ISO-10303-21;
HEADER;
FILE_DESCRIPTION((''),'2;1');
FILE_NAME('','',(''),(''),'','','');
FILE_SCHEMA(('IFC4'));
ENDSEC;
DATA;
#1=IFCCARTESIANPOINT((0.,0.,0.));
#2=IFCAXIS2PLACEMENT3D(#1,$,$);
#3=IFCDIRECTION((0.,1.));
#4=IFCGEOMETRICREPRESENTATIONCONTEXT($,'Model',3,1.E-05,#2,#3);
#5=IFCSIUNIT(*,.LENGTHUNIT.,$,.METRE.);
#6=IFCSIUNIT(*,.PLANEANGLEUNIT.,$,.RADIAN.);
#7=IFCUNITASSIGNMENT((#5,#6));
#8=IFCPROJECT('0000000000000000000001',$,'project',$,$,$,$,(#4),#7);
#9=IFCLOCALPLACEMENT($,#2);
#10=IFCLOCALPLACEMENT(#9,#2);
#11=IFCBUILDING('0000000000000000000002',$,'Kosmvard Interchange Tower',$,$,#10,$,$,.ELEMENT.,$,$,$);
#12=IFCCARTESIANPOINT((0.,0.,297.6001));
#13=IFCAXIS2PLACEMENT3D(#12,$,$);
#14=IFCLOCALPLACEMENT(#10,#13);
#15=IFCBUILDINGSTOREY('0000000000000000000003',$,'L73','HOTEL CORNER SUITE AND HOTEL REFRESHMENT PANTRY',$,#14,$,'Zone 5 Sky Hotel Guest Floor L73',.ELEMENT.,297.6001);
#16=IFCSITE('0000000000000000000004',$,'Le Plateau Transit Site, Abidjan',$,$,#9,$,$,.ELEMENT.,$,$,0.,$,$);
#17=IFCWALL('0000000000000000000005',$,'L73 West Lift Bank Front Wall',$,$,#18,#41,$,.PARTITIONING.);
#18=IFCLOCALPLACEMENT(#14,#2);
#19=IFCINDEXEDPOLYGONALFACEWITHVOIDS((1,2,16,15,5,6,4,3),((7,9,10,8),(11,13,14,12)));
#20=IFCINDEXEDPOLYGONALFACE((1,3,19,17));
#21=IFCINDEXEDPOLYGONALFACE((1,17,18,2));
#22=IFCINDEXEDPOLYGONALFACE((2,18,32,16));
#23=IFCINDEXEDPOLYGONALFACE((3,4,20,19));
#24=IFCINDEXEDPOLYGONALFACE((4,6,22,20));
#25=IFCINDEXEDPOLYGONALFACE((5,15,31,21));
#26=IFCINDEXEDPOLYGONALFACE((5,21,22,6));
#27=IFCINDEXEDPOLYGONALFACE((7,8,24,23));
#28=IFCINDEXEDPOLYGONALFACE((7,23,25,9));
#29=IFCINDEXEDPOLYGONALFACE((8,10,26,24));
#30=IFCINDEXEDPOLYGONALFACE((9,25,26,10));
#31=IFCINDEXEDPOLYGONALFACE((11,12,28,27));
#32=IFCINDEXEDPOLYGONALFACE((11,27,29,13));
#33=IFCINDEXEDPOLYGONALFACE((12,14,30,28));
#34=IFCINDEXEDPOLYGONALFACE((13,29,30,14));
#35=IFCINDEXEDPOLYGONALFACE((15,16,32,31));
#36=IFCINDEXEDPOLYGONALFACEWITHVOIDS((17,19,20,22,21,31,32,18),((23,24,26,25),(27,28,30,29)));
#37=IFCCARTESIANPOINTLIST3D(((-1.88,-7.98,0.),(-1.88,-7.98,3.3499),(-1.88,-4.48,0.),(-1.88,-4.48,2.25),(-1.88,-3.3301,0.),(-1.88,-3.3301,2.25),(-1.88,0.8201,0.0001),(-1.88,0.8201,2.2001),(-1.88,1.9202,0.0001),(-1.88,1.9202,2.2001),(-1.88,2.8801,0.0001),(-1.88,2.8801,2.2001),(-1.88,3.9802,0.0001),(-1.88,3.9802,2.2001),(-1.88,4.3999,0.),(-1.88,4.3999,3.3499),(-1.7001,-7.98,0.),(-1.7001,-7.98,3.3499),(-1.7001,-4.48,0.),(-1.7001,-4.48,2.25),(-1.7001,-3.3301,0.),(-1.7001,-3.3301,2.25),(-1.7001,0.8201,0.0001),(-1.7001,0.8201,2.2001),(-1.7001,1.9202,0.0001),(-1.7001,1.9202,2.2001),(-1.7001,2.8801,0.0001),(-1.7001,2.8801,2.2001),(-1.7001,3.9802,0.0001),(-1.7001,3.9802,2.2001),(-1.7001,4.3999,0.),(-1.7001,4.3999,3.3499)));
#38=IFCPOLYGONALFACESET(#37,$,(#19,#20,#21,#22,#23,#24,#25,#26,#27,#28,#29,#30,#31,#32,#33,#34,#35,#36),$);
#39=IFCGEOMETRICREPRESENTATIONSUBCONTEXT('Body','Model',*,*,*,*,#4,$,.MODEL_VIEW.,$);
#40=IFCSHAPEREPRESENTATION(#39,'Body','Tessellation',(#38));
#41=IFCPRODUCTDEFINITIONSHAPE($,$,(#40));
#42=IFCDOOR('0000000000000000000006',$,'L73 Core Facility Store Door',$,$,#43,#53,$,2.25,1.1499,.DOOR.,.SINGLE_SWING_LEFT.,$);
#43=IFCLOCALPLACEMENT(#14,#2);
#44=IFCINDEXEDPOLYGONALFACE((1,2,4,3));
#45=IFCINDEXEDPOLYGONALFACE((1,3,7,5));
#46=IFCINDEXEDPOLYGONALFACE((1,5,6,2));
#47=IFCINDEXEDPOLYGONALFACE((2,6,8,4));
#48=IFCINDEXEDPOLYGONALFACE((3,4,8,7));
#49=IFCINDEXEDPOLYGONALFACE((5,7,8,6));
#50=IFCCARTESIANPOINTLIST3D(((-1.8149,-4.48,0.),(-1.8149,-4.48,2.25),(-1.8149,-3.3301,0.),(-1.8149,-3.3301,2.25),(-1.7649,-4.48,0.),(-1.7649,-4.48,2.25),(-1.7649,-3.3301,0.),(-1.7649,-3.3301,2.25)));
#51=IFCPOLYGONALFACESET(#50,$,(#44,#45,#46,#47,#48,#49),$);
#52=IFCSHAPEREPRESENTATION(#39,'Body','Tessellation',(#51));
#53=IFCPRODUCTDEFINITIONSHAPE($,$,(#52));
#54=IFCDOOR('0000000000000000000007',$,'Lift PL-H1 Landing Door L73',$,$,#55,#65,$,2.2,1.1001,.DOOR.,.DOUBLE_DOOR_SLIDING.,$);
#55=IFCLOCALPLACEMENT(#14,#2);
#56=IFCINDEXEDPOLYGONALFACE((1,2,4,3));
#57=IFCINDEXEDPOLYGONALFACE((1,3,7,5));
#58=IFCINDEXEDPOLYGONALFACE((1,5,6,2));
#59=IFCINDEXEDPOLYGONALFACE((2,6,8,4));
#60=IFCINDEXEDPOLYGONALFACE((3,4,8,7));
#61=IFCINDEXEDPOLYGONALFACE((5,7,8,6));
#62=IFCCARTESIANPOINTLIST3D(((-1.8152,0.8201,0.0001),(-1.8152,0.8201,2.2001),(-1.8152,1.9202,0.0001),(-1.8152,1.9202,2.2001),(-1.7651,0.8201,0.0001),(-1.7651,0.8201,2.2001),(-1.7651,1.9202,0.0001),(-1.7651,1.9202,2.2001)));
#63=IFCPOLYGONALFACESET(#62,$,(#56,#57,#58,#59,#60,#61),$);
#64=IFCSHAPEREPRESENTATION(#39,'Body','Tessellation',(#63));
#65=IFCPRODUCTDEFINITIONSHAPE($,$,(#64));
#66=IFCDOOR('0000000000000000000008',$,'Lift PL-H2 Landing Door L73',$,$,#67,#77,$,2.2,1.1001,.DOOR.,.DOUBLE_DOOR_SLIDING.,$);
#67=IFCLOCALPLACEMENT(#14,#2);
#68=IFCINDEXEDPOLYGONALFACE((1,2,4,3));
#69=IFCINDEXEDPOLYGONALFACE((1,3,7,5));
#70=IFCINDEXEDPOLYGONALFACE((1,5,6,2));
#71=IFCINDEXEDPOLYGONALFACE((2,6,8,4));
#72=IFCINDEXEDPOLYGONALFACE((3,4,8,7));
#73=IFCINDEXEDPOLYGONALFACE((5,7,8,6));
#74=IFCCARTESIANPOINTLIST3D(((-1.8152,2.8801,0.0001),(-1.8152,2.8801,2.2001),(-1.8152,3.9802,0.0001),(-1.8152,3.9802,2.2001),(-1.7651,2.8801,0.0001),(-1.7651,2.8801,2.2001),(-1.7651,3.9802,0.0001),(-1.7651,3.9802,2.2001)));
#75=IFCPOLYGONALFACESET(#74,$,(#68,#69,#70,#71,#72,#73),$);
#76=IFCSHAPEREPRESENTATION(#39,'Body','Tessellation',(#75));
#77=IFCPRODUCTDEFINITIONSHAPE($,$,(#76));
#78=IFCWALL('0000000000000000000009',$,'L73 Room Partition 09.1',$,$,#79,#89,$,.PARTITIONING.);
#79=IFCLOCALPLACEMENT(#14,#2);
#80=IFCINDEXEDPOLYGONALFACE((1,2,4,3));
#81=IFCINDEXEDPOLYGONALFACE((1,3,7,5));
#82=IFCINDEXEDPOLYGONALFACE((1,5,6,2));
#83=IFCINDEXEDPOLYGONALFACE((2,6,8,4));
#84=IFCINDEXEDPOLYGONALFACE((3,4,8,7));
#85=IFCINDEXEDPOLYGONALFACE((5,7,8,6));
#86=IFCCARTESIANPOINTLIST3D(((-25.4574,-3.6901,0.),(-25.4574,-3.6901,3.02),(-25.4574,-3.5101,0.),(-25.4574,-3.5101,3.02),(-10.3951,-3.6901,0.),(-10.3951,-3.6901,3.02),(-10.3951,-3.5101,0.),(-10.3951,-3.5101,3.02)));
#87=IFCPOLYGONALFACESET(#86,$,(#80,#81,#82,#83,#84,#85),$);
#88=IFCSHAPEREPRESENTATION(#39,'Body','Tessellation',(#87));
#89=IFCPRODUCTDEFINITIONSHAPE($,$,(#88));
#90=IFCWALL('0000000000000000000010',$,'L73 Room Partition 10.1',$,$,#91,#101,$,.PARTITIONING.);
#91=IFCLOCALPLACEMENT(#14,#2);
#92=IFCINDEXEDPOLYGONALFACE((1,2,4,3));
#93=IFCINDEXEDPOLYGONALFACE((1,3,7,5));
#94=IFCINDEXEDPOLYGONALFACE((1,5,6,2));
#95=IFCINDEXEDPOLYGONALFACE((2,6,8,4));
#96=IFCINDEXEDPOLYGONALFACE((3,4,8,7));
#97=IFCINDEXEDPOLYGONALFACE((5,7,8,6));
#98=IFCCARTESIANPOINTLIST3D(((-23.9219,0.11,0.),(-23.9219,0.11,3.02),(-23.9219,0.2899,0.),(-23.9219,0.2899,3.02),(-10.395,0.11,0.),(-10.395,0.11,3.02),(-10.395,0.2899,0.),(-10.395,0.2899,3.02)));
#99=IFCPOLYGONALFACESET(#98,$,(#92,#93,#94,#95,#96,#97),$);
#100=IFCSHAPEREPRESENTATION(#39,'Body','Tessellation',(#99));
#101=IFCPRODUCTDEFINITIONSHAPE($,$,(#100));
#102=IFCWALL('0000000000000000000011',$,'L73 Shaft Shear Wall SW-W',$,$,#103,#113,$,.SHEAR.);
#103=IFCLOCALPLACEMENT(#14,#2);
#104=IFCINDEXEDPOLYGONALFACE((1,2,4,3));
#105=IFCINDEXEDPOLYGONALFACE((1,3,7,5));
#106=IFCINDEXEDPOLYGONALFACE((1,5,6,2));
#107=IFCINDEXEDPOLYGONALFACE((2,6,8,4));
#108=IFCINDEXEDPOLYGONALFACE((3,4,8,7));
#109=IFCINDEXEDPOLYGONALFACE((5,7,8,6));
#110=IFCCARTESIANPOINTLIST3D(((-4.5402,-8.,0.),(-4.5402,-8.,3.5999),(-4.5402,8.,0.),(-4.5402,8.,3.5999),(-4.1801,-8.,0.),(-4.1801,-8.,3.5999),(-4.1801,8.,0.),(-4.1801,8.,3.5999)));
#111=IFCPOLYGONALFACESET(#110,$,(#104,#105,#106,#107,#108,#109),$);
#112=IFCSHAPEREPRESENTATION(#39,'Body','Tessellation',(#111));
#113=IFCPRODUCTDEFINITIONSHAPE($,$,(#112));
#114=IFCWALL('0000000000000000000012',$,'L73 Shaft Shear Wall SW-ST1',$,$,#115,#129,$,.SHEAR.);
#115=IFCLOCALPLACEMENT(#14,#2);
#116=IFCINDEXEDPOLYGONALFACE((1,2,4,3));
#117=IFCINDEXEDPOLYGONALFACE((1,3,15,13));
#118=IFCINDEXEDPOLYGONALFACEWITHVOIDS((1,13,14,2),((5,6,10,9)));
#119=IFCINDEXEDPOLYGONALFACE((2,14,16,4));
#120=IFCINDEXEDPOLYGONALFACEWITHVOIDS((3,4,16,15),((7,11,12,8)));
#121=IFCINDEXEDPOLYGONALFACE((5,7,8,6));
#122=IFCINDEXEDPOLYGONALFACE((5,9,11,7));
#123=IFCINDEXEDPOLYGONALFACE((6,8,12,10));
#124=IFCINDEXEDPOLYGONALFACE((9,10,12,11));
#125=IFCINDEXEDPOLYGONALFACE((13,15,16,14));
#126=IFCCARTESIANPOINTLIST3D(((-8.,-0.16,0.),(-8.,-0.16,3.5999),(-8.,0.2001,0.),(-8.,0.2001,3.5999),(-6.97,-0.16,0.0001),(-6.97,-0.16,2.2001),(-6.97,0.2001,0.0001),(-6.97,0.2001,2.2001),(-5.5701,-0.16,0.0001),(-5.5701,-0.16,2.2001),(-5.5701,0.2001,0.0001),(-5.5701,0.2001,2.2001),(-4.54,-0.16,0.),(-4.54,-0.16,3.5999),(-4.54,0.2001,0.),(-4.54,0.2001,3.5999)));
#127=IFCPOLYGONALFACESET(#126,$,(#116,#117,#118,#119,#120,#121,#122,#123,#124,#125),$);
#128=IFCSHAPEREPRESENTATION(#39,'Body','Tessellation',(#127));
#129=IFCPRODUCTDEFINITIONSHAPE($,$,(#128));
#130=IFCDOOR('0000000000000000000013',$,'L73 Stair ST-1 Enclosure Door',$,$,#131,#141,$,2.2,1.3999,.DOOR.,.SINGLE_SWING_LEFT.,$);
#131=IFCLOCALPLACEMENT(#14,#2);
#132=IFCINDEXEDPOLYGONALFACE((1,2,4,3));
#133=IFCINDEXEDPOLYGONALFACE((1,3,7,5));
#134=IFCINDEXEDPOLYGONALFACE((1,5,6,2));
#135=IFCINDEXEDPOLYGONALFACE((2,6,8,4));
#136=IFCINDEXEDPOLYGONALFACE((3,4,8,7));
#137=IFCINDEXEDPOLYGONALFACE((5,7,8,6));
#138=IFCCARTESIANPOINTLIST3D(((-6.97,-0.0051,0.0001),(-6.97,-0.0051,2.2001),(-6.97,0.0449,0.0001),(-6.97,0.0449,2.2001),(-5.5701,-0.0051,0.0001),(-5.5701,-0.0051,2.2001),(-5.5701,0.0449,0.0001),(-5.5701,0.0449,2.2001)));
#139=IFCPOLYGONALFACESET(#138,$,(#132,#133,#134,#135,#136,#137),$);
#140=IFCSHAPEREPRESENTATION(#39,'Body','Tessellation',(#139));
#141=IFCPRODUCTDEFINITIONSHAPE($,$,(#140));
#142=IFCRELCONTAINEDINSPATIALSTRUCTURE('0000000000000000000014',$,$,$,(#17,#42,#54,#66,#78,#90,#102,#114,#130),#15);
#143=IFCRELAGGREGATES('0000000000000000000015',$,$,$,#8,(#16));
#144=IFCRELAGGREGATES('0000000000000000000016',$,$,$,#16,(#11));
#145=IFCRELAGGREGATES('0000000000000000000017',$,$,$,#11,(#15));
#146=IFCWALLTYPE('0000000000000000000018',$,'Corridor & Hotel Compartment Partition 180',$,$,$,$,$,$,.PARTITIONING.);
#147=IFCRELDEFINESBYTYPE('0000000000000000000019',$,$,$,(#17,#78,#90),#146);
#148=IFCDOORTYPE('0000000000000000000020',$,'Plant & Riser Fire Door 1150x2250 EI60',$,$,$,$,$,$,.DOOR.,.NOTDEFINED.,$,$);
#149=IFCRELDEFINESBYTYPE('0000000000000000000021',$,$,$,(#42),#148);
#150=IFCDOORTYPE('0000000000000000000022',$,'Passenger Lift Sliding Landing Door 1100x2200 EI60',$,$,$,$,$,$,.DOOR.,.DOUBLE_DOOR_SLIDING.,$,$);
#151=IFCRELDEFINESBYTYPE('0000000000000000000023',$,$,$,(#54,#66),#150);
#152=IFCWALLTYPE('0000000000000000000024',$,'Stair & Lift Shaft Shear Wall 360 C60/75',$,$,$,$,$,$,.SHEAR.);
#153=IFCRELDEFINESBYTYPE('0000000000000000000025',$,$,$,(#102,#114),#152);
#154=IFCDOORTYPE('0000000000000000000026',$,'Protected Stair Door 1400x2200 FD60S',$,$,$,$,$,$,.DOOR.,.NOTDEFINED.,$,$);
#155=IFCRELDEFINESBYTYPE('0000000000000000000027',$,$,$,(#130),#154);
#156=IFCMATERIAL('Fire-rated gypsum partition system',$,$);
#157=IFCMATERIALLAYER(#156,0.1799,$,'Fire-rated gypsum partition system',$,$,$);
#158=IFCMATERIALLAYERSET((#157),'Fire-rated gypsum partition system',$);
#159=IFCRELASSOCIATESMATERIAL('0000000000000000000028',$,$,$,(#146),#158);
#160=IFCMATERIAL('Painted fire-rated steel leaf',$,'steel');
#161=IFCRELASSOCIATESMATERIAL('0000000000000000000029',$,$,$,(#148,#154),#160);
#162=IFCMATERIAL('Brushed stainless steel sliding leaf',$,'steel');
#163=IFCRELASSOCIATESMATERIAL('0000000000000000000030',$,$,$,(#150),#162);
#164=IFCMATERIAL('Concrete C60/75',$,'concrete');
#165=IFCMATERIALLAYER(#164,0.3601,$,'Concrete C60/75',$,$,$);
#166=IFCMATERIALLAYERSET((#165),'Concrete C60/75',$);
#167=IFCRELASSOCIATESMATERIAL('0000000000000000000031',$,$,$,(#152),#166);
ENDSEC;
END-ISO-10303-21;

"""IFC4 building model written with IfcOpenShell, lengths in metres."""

from ifc_helpers import new_model, si_unit, direction, frame, frame_2d, origin, place, context, subcontext, project, spatial, rectangle, extrude, source, transform, mapped, material, layer, layer_set, type_object, element, fill, save


model = new_model("IFC4")

# Units and contexts
model_context = context("Model", 3, precision=1e-05, world=origin(), true_north=direction((0.0, 1.0)))
body_context = subcontext(model_context, "Body", "Model", "MODEL_VIEW")
ifc_project = project(units=[si_unit("LENGTHUNIT", "METRE"), si_unit("PLANEANGLEUNIT", "RADIAN")], contexts=[model_context])

# Site, building, storey
site_placement = place(None, origin())
site = spatial("IfcSite", under=ifc_project, at=site_placement, Name="Le Plateau Transit Site, Abidjan", CompositionType="ELEMENT", RefElevation=0.0)
building_placement = place(site_placement, origin())
building = spatial("IfcBuilding", under=site, at=building_placement, Name="Kosmvard Interchange Tower", CompositionType="ELEMENT")
storey_placement = place(building_placement, frame((0.0, 0.0, 297.6001)))
storey = spatial("IfcBuildingStorey", under=building, at=storey_placement, Name="L73", Description="HOTEL CORNER SUITE AND HOTEL REFRESHMENT PANTRY", LongName="Zone 5 Sky Hotel Guest Floor L73", CompositionType="ELEMENT", Elevation=297.6001)

# Wall, openings, doors
ifc_material_1 = material(Name="Fire-rated gypsum partition system")
ifc_layer_1 = layer(ifc_material_1, 0.1799, Name="Fire-rated gypsum partition system")
ifc_layer_set_1 = layer_set([ifc_layer_1], Name="Fire-rated gypsum partition system")
wall_type_1 = type_object("IfcWallType", Name="Corridor & Hotel Compartment Partition 180", PredefinedType="PARTITIONING", material=ifc_layer_set_1)
wall_1_placement = place(storey_placement, frame((-1.79, -7.98, 0.0), z_axis=(0.0, 0.0, 1.0), x_axis=(0.0, 1.0, 0.0)))
wall_1 = element("IfcWall", 1, at=wall_1_placement, inside=storey, type_object=wall_type_1, Name="L73 West Lift Bank Front Wall", PredefinedType="PARTITIONING", context=body_context, shape_type="SweptSolid", body=[
    extrude(rectangle(XDim=12.3799, YDim=0.1799, at=frame_2d((6.1899, 0.0))), origin(), (0.0, 0.0, 1.0), 3.3499),
])
opening_1_placement = place(wall_1_placement, frame((8.8, 0.0, 0.0)))
opening_1 = element("IfcOpeningElement", 2, at=opening_1_placement, cuts=wall_1, PredefinedType="OPENING", context=body_context, shape_type="SweptSolid", body=[
    extrude(rectangle(XDim=1.1001, YDim=2.2, at=frame_2d((0.55, 1.1001))), frame((0.0, 0.1001, 0.0), z_axis=(0.0, -1.0, 0.0), x_axis=(1.0, 0.0, 0.0)), (0.0, 0.0, 1.0), 0.2),
])
opening_2_placement = place(wall_1_placement, frame((10.8601, 0.0, 0.0)))
opening_2 = element("IfcOpeningElement", 3, at=opening_2_placement, cuts=wall_1, PredefinedType="OPENING", context=body_context, shape_type="SweptSolid", body=[
    extrude(rectangle(XDim=1.1001, YDim=2.2, at=frame_2d((0.55, 1.1001))), frame((0.0, 0.1001, 0.0), z_axis=(0.0, -1.0, 0.0), x_axis=(1.0, 0.0, 0.0)), (0.0, 0.0, 1.0), 0.2),
])
opening_3_placement = place(wall_1_placement, frame((3.5, 0.0, 0.0)))
opening_3 = element("IfcOpeningElement", 4, at=opening_3_placement, cuts=wall_1, PredefinedType="OPENING", context=body_context, shape_type="SweptSolid", body=[
    extrude(rectangle(XDim=1.1499, YDim=2.25, at=frame_2d((0.575, 1.125))), frame((0.0, 0.1001, 0.0), z_axis=(0.0, -1.0, 0.0), x_axis=(1.0, 0.0, 0.0)), (0.0, 0.0, 1.0), 0.2),
])
ifc_material_2 = material(Name="Painted fire-rated steel leaf", Category="steel")
door_type_1 = type_object("IfcDoorType", Name="Plant & Riser Fire Door 1150x2250 EI60", OperationType="NOTDEFINED", PredefinedType="DOOR", material=ifc_material_2)
shared_shape_1 = source(origin(), body_context, "Body", "SweptSolid", [
    extrude(rectangle(XDim=1.1499, YDim=2.25, at=frame_2d((0.575, 1.125))), frame((0.0, 0.0249, 0.0), z_axis=(0.0, -1.0, 0.0), x_axis=(1.0, 0.0, 0.0)), (0.0, 0.0, 1.0), 0.05),
])
door_1_placement = place(opening_3_placement, origin())
door_1 = element("IfcDoor", 5, at=door_1_placement, inside=storey, type_object=door_type_1, Name="L73 Core Facility Store Door", OperationType="SINGLE_SWING_LEFT", OverallHeight=2.25, OverallWidth=1.1499, PredefinedType="DOOR", context=body_context, shape_type="MappedRepresentation", body=[
    mapped(shared_shape_1, transform((0.0, 0.0, 0.0), scale=1.0)),
])
fill(opening_3, door_1)
ifc_material_3 = material(Name="Brushed stainless steel sliding leaf", Category="steel")
door_type_2 = type_object("IfcDoorType", Name="Passenger Lift Sliding Landing Door 1100x2200 EI60", OperationType="DOUBLE_DOOR_SLIDING", PredefinedType="DOOR", material=ifc_material_3)
shared_shape_2 = source(origin(), body_context, "Body", "SweptSolid", [
    extrude(rectangle(XDim=1.1001, YDim=2.2, at=frame_2d((0.55, 1.1001))), frame((0.0, 0.0249, 0.0), z_axis=(0.0, -1.0, 0.0), x_axis=(1.0, 0.0, 0.0)), (0.0, 0.0, 1.0), 0.05),
])
door_2_placement = place(opening_1_placement, frame((1.1001, 0.0, 0.0), z_axis=(0.0, 0.0, 1.0), x_axis=(-1.0, 0.0, 0.0)))
door_2 = element("IfcDoor", 6, at=door_2_placement, inside=storey, type_object=door_type_2, Name="Lift PL-H1 Landing Door L73", OperationType="DOUBLE_DOOR_SLIDING", OverallHeight=2.2, OverallWidth=1.1001, PredefinedType="DOOR", context=body_context, shape_type="MappedRepresentation", body=[
    mapped(shared_shape_2, transform((0.0, 0.0, 0.0), scale=1.0)),
])
fill(opening_1, door_2)
door_3_placement = place(opening_2_placement, frame((1.1001, 0.0, 0.0), z_axis=(0.0, 0.0, 1.0), x_axis=(-1.0, 0.0, 0.0)))
door_3 = element("IfcDoor", 7, at=door_3_placement, inside=storey, type_object=door_type_2, Name="Lift PL-H2 Landing Door L73", OperationType="DOUBLE_DOOR_SLIDING", OverallHeight=2.2, OverallWidth=1.1001, PredefinedType="DOOR", context=body_context, shape_type="MappedRepresentation", body=[
    mapped(shared_shape_2, transform((0.0, 0.0, 0.0), scale=1.0)),
])
fill(opening_2, door_3)

# Walls
wall_2_placement = place(storey_placement, frame((-10.395, -3.6001, 0.0), z_axis=(0.0, 0.0, 1.0), x_axis=(-1.0, 0.0, 0.0)))
element("IfcWall", 8, at=wall_2_placement, inside=storey, type_object=wall_type_1, Name="L73 Room Partition 09.1", PredefinedType="PARTITIONING", context=body_context, shape_type="SweptSolid", body=[
    extrude(rectangle(XDim=15.0623, YDim=0.1799, at=frame_2d((7.5312, 0.0))), origin(), (0.0, 0.0, 1.0), 3.02),
])
wall_3_placement = place(storey_placement, frame((-10.395, 0.2, 0.0), z_axis=(0.0, 0.0, 1.0), x_axis=(-1.0, 0.0, 0.0)))
element("IfcWall", 9, at=wall_3_placement, inside=storey, type_object=wall_type_1, Name="L73 Room Partition 10.1", PredefinedType="PARTITIONING", context=body_context, shape_type="SweptSolid", body=[
    extrude(rectangle(XDim=13.5269, YDim=0.1799, at=frame_2d((6.7634, 0.0))), origin(), (0.0, 0.0, 1.0), 3.02),
])
ifc_material_4 = material(Name="Concrete C60/75", Category="concrete")
ifc_layer_2 = layer(ifc_material_4, 0.3601, Name="Concrete C60/75")
ifc_layer_set_2 = layer_set([ifc_layer_2], Name="Concrete C60/75")
wall_type_2 = type_object("IfcWallType", Name="Stair & Lift Shaft Shear Wall 360 C60/75", PredefinedType="SHEAR", material=ifc_layer_set_2)
wall_4_placement = place(storey_placement, frame((-4.3601, -8.0, 0.0), z_axis=(0.0, 0.0, 1.0), x_axis=(0.0, 1.0, 0.0)))
element("IfcWall", 10, at=wall_4_placement, inside=storey, type_object=wall_type_2, Name="L73 Shaft Shear Wall SW-W", PredefinedType="SHEAR", context=body_context, shape_type="SweptSolid", body=[
    extrude(rectangle(XDim=16.0, YDim=0.3601, at=frame_2d((8.0, 0.0))), origin(), (0.0, 0.0, 1.0), 3.5999),
])

# Wall, opening, door
wall_5_placement = place(storey_placement, frame((-8.0, 0.02, 0.0), z_axis=(0.0, 0.0, 1.0), x_axis=(1.0, 0.0, 0.0)))
wall_5 = element("IfcWall", 11, at=wall_5_placement, inside=storey, type_object=wall_type_2, Name="L73 Shaft Shear Wall SW-ST1", PredefinedType="SHEAR", context=body_context, shape_type="SweptSolid", body=[
    extrude(rectangle(XDim=3.46, YDim=0.3601, at=frame_2d((1.73, 0.0))), origin(), (0.0, 0.0, 1.0), 3.5999),
])
opening_4_placement = place(wall_5_placement, frame((1.03, 0.0, 0.0)))
opening_4 = element("IfcOpeningElement", 12, at=opening_4_placement, cuts=wall_5, PredefinedType="OPENING", context=body_context, shape_type="SweptSolid", body=[
    extrude(rectangle(XDim=1.3999, YDim=2.2, at=frame_2d((0.7, 1.1001))), frame((0.0, 0.1899, 0.0), z_axis=(0.0, -1.0, 0.0), x_axis=(1.0, 0.0, 0.0)), (0.0, 0.0, 1.0), 0.3801),
])
door_type_3 = type_object("IfcDoorType", Name="Protected Stair Door 1400x2200 FD60S", OperationType="NOTDEFINED", PredefinedType="DOOR", material=ifc_material_2)
shared_shape_3 = source(origin(), body_context, "Body", "SweptSolid", [
    extrude(rectangle(XDim=1.3999, YDim=2.2, at=frame_2d((0.7, 1.1001))), frame((0.0, 0.0249, 0.0), z_axis=(0.0, -1.0, 0.0), x_axis=(1.0, 0.0, 0.0)), (0.0, 0.0, 1.0), 0.05),
])
door_4_placement = place(opening_4_placement, origin())
door_4 = element("IfcDoor", 13, at=door_4_placement, inside=storey, type_object=door_type_3, Name="L73 Stair ST-1 Enclosure Door", OperationType="SINGLE_SWING_LEFT", OverallHeight=2.2, OverallWidth=1.3999, PredefinedType="DOOR", context=body_context, shape_type="MappedRepresentation", body=[
    mapped(shared_shape_3, transform((0.0, 0.0, 0.0), scale=1.0)),
])
fill(opening_4, door_4)

save(model, "model.ifc")
